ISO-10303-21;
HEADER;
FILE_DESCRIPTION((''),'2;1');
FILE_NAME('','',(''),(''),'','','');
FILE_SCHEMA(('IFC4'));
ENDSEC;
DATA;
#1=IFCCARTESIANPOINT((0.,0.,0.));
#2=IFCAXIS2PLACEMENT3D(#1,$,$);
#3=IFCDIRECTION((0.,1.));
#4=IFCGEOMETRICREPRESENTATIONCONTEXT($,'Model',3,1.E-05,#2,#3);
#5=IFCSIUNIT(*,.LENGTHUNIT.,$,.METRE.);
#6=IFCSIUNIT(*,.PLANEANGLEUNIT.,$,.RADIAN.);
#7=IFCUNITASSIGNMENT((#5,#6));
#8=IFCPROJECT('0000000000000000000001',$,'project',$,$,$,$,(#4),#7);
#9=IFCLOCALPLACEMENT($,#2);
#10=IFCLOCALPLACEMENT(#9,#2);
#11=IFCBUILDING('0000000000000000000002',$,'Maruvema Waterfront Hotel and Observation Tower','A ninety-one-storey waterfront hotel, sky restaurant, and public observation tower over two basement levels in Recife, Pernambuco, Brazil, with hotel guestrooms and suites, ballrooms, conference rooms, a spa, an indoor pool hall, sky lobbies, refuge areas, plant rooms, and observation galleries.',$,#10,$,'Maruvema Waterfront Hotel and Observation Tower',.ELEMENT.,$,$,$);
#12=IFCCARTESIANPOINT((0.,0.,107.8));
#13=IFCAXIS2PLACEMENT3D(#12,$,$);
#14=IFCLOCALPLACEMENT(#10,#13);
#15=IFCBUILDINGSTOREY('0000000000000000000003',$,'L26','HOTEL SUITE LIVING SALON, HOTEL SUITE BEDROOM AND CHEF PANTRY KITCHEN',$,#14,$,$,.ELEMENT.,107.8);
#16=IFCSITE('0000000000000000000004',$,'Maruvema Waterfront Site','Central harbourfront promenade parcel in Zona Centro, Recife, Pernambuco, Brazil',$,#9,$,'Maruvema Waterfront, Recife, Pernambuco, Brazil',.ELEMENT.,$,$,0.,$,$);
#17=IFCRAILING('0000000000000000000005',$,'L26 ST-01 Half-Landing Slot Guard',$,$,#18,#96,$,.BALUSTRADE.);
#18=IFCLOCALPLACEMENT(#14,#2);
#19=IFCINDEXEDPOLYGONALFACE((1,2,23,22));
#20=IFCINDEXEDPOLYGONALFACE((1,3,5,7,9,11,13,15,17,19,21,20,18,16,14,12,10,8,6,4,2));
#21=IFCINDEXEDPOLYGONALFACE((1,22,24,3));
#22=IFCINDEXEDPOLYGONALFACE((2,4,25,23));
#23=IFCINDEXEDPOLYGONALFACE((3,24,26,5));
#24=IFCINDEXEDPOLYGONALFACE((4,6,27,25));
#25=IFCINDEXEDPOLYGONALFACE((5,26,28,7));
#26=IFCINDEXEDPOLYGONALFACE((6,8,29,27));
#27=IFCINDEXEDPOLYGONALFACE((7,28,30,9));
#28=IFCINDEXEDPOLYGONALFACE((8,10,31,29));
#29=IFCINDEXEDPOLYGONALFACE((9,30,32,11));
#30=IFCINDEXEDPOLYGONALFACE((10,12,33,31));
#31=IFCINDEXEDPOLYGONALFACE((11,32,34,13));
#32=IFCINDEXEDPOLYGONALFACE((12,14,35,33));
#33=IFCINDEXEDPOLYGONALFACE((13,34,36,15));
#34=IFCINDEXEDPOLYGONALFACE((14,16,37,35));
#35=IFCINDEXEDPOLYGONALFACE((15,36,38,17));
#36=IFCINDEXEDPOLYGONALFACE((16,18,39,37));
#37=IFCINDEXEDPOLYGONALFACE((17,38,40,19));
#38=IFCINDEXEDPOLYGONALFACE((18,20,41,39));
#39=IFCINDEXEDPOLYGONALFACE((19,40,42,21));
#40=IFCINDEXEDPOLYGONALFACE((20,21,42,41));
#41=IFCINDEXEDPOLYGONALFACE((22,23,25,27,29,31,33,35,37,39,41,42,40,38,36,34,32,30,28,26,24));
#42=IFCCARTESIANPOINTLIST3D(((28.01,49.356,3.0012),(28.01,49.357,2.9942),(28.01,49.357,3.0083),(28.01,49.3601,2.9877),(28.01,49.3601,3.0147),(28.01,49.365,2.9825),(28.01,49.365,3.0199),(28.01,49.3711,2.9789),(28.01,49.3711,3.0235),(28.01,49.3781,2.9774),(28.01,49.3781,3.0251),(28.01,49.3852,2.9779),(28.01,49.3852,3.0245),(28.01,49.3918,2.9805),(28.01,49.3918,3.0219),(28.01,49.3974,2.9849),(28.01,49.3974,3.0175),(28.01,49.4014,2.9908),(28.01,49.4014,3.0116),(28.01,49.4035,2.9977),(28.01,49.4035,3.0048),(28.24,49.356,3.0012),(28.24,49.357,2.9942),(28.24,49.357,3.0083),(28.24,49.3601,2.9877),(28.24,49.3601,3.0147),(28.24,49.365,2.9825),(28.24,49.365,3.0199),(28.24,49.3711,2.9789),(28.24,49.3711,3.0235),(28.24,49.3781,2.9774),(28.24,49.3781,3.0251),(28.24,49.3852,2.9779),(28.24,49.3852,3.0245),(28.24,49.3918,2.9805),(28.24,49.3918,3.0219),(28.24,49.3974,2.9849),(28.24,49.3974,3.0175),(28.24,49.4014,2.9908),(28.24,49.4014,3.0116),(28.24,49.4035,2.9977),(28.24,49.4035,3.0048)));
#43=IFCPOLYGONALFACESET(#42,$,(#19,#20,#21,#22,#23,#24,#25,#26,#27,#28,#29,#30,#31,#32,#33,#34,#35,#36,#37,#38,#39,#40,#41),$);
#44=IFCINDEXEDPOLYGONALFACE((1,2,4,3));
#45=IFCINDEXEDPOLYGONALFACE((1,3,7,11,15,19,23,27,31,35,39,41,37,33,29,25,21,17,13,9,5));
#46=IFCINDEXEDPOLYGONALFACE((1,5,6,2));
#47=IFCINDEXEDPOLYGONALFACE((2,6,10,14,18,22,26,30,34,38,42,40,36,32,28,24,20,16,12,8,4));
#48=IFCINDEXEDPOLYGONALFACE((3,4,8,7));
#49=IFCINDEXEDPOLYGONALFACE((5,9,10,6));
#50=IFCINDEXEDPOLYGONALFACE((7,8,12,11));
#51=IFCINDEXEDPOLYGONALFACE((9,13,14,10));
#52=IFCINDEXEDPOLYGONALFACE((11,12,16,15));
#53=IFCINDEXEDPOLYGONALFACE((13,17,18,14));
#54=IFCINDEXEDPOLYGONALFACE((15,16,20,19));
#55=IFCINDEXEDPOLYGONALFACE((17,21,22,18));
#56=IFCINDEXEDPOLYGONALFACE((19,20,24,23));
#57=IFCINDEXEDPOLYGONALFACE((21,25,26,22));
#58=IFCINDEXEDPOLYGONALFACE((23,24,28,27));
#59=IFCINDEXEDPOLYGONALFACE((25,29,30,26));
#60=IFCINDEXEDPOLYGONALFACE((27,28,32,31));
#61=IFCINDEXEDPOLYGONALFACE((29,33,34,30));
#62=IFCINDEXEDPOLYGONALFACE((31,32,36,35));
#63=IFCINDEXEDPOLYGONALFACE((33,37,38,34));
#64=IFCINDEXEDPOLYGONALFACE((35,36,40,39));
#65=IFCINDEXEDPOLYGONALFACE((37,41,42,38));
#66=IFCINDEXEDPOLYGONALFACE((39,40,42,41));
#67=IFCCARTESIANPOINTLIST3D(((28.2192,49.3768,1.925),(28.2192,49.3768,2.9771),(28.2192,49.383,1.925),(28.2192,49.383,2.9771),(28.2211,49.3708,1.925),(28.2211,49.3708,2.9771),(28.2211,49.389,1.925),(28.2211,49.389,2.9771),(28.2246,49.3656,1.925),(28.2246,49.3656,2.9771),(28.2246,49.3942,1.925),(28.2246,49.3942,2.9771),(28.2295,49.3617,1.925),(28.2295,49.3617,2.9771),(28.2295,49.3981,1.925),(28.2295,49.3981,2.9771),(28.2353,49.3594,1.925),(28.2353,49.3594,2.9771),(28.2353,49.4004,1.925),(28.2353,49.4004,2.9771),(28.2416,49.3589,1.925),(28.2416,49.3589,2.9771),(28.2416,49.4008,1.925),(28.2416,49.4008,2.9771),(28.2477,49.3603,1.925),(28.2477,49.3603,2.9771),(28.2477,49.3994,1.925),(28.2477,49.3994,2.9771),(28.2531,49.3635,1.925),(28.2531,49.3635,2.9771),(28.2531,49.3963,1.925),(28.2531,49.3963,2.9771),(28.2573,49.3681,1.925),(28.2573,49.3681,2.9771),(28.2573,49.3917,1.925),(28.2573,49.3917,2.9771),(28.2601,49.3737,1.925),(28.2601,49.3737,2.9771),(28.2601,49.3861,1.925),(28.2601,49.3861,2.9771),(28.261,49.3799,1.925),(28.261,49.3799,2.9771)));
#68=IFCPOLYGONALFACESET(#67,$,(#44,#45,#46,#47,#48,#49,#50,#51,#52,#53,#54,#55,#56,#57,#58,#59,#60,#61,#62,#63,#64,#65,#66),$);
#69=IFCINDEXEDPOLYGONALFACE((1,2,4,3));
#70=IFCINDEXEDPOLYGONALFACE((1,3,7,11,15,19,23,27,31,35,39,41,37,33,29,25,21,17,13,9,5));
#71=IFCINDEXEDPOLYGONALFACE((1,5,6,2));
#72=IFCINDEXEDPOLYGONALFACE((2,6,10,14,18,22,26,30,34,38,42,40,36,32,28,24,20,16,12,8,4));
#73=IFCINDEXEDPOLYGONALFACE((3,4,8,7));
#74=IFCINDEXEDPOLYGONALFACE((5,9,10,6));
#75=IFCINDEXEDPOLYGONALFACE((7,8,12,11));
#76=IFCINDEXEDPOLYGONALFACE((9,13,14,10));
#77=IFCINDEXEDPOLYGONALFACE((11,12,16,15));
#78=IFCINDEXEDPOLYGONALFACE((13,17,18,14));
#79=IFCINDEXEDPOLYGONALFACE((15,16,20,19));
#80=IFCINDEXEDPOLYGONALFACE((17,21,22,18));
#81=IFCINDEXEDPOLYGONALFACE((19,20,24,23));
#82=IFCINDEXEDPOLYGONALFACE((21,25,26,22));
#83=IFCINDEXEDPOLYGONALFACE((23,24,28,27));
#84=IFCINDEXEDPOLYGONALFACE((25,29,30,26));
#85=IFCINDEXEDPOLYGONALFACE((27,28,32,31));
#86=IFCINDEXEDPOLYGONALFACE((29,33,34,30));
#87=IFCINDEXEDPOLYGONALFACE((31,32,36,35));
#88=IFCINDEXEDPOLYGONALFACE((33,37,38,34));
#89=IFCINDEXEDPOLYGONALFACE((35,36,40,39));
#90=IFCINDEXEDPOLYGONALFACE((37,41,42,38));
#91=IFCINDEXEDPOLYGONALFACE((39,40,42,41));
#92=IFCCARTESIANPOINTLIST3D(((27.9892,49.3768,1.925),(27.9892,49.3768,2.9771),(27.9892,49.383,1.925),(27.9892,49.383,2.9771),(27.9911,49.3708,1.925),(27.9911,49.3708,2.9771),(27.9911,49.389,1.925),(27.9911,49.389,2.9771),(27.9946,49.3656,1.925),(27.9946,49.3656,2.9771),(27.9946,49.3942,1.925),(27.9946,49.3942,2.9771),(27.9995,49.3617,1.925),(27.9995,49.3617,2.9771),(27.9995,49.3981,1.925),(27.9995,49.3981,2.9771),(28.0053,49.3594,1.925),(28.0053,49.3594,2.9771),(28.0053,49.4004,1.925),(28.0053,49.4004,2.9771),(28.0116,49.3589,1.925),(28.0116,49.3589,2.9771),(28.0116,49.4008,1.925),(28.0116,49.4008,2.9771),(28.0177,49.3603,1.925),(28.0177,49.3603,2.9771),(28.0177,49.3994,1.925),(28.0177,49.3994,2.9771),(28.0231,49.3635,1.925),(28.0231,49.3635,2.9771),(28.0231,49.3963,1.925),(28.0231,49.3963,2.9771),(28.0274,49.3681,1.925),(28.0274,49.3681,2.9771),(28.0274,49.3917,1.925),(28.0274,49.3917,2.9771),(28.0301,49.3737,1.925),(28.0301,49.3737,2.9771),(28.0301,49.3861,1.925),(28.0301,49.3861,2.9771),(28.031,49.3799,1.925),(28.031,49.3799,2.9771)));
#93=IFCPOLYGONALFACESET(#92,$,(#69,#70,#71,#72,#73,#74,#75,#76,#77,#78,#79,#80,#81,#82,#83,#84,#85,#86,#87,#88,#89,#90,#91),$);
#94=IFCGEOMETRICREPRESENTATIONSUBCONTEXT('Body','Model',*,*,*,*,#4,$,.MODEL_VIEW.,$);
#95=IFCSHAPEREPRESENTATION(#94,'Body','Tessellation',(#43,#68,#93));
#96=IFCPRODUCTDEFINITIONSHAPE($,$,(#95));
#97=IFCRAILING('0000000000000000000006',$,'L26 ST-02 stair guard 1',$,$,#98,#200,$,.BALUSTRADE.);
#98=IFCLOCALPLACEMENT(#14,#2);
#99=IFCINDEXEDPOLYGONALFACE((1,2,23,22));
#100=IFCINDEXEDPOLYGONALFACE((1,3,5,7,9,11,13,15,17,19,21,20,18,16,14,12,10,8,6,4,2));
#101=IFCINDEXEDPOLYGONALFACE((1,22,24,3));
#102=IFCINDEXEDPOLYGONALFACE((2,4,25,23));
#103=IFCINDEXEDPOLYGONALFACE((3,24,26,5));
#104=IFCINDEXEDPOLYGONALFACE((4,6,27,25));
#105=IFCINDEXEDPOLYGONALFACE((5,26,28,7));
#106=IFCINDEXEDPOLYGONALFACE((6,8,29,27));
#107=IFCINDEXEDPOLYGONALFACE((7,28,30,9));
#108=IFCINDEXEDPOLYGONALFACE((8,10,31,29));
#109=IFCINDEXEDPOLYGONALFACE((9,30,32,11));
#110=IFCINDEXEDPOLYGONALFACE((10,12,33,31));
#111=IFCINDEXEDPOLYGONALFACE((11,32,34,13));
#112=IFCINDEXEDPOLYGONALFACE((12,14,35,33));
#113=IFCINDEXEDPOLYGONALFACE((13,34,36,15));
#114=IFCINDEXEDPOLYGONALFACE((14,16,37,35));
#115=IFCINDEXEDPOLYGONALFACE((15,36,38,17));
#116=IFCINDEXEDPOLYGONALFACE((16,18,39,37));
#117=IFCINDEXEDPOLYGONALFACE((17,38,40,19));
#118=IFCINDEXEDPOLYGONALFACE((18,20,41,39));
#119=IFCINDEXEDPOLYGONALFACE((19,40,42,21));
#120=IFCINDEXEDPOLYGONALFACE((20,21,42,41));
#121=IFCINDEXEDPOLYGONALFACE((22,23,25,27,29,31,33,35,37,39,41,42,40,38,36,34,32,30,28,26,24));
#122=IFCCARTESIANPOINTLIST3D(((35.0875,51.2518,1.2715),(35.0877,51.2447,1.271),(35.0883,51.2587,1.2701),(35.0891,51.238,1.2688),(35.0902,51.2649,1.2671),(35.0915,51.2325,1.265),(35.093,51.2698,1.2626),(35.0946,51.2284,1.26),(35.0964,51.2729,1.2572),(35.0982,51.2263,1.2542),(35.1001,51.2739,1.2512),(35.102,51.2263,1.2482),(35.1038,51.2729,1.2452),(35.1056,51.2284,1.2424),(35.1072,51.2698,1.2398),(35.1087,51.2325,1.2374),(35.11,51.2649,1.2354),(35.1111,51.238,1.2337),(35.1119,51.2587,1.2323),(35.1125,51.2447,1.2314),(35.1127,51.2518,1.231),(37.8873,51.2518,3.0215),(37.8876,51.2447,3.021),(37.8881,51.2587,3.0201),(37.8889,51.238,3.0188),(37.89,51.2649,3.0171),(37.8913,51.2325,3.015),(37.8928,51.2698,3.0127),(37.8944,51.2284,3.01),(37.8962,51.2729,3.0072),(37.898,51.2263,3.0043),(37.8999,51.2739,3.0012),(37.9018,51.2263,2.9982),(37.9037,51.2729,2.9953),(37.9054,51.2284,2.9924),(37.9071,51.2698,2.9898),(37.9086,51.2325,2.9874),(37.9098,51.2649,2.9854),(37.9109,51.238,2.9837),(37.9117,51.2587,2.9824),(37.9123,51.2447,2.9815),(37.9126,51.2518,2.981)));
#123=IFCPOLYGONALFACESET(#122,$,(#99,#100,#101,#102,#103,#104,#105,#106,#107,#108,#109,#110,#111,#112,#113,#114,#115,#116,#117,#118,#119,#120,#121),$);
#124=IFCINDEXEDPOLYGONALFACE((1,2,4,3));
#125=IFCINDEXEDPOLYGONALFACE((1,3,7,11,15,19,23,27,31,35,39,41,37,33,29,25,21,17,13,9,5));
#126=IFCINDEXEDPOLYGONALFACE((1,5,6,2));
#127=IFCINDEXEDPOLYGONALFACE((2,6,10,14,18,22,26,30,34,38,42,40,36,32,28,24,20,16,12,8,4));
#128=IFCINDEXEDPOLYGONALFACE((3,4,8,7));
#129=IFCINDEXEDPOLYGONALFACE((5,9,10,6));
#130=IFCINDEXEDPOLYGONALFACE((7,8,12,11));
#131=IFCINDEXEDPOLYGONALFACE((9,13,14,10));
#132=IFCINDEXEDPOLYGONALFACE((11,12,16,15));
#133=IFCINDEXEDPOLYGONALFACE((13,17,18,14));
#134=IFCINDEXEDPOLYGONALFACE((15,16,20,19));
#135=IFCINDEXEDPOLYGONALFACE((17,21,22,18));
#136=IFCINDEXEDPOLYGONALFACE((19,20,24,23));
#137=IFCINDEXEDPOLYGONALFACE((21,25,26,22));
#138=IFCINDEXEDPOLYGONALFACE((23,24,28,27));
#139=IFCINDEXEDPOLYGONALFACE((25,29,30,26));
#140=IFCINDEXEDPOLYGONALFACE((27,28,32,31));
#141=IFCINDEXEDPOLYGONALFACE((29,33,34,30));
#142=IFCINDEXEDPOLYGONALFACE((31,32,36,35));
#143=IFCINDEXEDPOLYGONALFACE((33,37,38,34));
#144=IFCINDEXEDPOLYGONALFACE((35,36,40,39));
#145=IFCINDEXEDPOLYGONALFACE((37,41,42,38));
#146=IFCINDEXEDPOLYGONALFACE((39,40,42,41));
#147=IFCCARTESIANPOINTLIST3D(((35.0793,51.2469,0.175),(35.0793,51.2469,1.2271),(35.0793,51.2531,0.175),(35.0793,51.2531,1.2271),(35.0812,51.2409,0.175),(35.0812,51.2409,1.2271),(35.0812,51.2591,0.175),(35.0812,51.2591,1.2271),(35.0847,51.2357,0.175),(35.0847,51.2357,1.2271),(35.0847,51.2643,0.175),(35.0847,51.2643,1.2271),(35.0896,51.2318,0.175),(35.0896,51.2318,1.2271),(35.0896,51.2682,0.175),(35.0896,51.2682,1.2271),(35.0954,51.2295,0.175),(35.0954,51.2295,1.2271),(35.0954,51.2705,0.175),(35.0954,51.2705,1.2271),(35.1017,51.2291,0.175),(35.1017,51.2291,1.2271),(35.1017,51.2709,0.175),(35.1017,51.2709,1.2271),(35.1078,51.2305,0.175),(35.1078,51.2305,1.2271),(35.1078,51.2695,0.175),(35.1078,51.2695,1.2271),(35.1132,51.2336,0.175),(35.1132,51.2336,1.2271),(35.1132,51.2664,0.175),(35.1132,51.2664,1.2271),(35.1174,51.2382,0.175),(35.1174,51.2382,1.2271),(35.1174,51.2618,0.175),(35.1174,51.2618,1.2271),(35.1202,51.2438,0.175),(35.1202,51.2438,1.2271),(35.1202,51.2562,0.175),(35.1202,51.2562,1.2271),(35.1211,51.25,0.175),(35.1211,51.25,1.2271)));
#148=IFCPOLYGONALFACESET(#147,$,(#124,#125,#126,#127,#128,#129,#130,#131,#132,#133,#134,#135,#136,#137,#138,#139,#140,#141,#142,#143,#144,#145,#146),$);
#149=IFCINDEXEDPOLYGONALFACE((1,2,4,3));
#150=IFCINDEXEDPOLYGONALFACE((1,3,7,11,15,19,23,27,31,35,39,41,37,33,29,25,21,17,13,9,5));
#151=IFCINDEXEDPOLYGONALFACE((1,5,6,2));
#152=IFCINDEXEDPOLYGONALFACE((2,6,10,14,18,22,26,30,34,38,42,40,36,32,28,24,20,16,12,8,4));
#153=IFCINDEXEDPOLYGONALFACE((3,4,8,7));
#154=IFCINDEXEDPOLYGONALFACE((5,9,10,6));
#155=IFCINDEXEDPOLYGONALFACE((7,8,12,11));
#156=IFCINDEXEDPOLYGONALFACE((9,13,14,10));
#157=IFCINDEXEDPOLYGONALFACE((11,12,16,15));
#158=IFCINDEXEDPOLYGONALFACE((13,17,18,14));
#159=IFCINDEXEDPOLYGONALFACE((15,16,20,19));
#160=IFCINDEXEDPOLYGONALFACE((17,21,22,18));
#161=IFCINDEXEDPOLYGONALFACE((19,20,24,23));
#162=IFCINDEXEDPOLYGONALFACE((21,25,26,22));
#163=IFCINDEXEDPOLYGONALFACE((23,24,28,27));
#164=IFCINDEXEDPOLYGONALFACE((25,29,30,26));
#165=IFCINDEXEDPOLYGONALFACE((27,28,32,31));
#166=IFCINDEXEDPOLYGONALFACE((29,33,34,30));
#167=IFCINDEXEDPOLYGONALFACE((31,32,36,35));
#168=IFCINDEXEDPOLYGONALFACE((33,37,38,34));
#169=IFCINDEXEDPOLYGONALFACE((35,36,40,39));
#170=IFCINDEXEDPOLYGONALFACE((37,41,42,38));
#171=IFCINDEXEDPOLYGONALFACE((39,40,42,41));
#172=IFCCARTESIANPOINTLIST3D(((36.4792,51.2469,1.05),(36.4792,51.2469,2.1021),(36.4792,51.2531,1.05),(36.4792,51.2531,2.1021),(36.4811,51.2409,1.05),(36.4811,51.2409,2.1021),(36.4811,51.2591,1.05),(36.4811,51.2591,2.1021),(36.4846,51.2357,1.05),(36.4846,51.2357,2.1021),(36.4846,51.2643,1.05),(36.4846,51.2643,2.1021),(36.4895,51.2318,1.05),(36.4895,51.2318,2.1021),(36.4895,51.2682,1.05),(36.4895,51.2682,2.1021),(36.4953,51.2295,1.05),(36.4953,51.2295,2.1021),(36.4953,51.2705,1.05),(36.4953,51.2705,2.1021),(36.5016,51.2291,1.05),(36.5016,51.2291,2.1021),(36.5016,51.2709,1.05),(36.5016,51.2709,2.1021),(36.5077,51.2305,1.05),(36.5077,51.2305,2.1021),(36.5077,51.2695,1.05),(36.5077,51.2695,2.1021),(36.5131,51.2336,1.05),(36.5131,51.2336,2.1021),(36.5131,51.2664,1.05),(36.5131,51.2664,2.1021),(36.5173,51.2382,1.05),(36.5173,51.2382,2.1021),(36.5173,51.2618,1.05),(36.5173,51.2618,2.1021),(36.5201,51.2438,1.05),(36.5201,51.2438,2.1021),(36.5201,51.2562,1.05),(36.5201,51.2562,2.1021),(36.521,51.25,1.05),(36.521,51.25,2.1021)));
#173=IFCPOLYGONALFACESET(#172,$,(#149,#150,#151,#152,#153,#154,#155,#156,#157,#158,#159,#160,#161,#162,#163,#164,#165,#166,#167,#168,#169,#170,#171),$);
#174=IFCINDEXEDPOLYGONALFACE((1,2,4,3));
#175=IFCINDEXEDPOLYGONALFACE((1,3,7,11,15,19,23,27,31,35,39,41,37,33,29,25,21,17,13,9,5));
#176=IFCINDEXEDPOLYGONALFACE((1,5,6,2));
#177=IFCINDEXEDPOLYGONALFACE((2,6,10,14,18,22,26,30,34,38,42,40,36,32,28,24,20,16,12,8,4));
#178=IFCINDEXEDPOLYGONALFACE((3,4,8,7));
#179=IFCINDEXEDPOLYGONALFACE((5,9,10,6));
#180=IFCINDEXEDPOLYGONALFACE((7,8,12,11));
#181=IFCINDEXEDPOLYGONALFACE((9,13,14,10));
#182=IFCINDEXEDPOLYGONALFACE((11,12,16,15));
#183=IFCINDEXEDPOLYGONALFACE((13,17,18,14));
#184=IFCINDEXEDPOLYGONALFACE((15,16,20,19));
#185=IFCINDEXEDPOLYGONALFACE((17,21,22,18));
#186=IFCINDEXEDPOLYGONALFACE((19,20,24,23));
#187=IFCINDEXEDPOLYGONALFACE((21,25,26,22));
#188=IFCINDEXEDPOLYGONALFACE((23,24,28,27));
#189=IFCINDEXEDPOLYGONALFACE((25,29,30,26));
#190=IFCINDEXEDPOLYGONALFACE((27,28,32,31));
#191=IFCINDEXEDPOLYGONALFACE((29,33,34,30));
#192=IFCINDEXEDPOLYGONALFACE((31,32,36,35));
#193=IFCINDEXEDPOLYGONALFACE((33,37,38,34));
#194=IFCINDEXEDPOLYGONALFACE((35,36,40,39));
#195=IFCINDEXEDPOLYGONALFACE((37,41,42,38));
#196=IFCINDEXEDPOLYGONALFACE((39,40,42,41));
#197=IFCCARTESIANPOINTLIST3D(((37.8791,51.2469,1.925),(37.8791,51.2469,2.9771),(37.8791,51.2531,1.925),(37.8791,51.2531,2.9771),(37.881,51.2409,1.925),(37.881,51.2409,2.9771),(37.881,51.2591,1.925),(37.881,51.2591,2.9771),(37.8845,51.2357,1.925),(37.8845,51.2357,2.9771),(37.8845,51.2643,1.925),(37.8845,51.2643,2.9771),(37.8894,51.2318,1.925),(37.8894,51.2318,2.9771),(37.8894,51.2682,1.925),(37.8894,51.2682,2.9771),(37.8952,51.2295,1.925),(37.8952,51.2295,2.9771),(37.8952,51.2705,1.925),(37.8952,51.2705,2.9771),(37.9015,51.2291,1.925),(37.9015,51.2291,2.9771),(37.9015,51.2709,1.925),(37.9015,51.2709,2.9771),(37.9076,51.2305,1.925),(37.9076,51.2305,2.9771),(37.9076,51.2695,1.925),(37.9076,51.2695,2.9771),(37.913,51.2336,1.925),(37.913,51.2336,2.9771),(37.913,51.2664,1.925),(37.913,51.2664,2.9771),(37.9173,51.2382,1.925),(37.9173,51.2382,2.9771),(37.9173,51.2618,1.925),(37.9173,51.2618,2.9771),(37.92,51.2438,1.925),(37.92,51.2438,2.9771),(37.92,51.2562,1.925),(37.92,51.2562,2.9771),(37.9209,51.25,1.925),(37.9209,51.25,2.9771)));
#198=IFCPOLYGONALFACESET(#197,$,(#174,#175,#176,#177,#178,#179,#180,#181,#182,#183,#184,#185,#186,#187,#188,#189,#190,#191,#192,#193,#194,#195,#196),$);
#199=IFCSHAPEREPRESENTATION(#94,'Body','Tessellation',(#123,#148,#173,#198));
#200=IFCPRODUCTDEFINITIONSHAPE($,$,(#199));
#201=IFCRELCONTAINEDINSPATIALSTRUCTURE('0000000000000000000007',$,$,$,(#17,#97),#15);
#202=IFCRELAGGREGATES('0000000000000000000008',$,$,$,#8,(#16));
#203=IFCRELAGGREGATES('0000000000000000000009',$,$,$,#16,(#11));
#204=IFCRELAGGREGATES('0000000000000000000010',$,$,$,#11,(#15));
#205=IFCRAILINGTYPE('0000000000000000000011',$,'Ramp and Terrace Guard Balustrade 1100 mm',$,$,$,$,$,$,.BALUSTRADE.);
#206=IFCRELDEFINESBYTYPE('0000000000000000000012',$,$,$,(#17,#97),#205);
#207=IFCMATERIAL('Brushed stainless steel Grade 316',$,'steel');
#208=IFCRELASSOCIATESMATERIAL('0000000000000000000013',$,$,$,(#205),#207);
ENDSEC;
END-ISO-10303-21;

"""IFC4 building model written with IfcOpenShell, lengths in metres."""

from ifc_helpers import new_model, si_unit, direction, frame, origin, origin_2d, place, context, subcontext, project, spatial, circle, extrude, material, type_object, element, save


model = new_model("IFC4")

# Units and contexts
model_context = context("Model", 3, precision=1e-05, world=origin(), true_north=direction((0.0, 1.0)))
body_context = subcontext(model_context, "Body", "Model", "MODEL_VIEW")
ifc_project = project(units=[si_unit("LENGTHUNIT", "METRE"), si_unit("PLANEANGLEUNIT", "RADIAN")], contexts=[model_context])

# Site, building, storey
site_placement = place(None, origin())
site = spatial("IfcSite", under=ifc_project, at=site_placement, Name="Maruvema Waterfront Site", Description="Central harbourfront promenade parcel in Zona Centro, Recife, Pernambuco, Brazil", LongName="Maruvema Waterfront, Recife, Pernambuco, Brazil", CompositionType="ELEMENT", RefElevation=0.0)
building_placement = place(site_placement, origin())
building = spatial("IfcBuilding", under=site, at=building_placement, Name="Maruvema Waterfront Hotel and Observation Tower", Description="A ninety-one-storey waterfront hotel, sky restaurant, and public observation tower over two basement levels in Recife, Pernambuco, Brazil, with hotel guestrooms and suites, ballrooms, conference rooms, a spa, an indoor pool hall, sky lobbies, refuge areas, plant rooms, and observation galleries.", LongName="Maruvema Waterfront Hotel and Observation Tower", CompositionType="ELEMENT")
storey_placement = place(building_placement, frame((0.0, 0.0, 107.8)))
storey = spatial("IfcBuildingStorey", under=building, at=storey_placement, Name="L26", Description="HOTEL SUITE LIVING SALON, HOTEL SUITE BEDROOM AND CHEF PANTRY KITCHEN", CompositionType="ELEMENT", Elevation=107.8)

# Railings
ifc_material_1 = material(Name="Brushed stainless steel Grade 316", Category="steel")
railing_type_1 = type_object("IfcRailingType", Name="Ramp and Terrace Guard Balustrade 1100 mm", PredefinedType="BALUSTRADE", material=ifc_material_1)
railing_1_placement = place(storey_placement, frame((28.24, 49.3799, 1.925)))
element("IfcRailing", 1, at=railing_1_placement, inside=storey, type_object=railing_type_1, Name="L26 ST-01 Half-Landing Slot Guard", PredefinedType="BALUSTRADE", context=body_context, shape_type="SweptSolid", body=[
    extrude(circle(Radius=0.0239, at=origin_2d()), frame((0.0, 0.0, 1.0762), z_axis=(-1.0, 0.0, 0.0), x_axis=(0.0, -1.0, 0.0)), (0.0, 0.0, 1.0), 0.23),
    extrude(circle(Radius=0.021, at=origin_2d()), origin(), (0.0, 0.0, 1.0), 1.052),
    extrude(circle(Radius=0.021, at=origin_2d()), frame((-0.23, 0.0, 0.0)), (0.0, 0.0, 1.0), 1.052),
])
railing_2_placement = place(storey_placement, frame((35.1001, 51.25, 0.175)))
element("IfcRailing", 2, at=railing_2_placement, inside=storey, type_object=railing_type_1, Name="L26 ST-02 stair guard 1", PredefinedType="BALUSTRADE", context=body_context, shape_type="SweptSolid", body=[
    extrude(circle(Radius=0.0239, at=origin_2d()), frame((0.0, 0.0, 1.0762), z_axis=(0.847982, 0.0, 0.530026), x_axis=(0.0, 1.0, 0.0)), (0.0, 0.0, 1.0), 3.3018),
    extrude(circle(Radius=0.021, at=origin_2d()), origin(), (0.0, 0.0, 1.0), 1.052),
    extrude(circle(Radius=0.021, at=origin_2d()), frame((1.3999, 0.0, 0.875)), (0.0, 0.0, 1.0), 1.052),
    extrude(circle(Radius=0.021, at=origin_2d()), frame((2.7998, 0.0, 1.75)), (0.0, 0.0, 1.0), 1.052),
])

save(model, "model.ifc")
